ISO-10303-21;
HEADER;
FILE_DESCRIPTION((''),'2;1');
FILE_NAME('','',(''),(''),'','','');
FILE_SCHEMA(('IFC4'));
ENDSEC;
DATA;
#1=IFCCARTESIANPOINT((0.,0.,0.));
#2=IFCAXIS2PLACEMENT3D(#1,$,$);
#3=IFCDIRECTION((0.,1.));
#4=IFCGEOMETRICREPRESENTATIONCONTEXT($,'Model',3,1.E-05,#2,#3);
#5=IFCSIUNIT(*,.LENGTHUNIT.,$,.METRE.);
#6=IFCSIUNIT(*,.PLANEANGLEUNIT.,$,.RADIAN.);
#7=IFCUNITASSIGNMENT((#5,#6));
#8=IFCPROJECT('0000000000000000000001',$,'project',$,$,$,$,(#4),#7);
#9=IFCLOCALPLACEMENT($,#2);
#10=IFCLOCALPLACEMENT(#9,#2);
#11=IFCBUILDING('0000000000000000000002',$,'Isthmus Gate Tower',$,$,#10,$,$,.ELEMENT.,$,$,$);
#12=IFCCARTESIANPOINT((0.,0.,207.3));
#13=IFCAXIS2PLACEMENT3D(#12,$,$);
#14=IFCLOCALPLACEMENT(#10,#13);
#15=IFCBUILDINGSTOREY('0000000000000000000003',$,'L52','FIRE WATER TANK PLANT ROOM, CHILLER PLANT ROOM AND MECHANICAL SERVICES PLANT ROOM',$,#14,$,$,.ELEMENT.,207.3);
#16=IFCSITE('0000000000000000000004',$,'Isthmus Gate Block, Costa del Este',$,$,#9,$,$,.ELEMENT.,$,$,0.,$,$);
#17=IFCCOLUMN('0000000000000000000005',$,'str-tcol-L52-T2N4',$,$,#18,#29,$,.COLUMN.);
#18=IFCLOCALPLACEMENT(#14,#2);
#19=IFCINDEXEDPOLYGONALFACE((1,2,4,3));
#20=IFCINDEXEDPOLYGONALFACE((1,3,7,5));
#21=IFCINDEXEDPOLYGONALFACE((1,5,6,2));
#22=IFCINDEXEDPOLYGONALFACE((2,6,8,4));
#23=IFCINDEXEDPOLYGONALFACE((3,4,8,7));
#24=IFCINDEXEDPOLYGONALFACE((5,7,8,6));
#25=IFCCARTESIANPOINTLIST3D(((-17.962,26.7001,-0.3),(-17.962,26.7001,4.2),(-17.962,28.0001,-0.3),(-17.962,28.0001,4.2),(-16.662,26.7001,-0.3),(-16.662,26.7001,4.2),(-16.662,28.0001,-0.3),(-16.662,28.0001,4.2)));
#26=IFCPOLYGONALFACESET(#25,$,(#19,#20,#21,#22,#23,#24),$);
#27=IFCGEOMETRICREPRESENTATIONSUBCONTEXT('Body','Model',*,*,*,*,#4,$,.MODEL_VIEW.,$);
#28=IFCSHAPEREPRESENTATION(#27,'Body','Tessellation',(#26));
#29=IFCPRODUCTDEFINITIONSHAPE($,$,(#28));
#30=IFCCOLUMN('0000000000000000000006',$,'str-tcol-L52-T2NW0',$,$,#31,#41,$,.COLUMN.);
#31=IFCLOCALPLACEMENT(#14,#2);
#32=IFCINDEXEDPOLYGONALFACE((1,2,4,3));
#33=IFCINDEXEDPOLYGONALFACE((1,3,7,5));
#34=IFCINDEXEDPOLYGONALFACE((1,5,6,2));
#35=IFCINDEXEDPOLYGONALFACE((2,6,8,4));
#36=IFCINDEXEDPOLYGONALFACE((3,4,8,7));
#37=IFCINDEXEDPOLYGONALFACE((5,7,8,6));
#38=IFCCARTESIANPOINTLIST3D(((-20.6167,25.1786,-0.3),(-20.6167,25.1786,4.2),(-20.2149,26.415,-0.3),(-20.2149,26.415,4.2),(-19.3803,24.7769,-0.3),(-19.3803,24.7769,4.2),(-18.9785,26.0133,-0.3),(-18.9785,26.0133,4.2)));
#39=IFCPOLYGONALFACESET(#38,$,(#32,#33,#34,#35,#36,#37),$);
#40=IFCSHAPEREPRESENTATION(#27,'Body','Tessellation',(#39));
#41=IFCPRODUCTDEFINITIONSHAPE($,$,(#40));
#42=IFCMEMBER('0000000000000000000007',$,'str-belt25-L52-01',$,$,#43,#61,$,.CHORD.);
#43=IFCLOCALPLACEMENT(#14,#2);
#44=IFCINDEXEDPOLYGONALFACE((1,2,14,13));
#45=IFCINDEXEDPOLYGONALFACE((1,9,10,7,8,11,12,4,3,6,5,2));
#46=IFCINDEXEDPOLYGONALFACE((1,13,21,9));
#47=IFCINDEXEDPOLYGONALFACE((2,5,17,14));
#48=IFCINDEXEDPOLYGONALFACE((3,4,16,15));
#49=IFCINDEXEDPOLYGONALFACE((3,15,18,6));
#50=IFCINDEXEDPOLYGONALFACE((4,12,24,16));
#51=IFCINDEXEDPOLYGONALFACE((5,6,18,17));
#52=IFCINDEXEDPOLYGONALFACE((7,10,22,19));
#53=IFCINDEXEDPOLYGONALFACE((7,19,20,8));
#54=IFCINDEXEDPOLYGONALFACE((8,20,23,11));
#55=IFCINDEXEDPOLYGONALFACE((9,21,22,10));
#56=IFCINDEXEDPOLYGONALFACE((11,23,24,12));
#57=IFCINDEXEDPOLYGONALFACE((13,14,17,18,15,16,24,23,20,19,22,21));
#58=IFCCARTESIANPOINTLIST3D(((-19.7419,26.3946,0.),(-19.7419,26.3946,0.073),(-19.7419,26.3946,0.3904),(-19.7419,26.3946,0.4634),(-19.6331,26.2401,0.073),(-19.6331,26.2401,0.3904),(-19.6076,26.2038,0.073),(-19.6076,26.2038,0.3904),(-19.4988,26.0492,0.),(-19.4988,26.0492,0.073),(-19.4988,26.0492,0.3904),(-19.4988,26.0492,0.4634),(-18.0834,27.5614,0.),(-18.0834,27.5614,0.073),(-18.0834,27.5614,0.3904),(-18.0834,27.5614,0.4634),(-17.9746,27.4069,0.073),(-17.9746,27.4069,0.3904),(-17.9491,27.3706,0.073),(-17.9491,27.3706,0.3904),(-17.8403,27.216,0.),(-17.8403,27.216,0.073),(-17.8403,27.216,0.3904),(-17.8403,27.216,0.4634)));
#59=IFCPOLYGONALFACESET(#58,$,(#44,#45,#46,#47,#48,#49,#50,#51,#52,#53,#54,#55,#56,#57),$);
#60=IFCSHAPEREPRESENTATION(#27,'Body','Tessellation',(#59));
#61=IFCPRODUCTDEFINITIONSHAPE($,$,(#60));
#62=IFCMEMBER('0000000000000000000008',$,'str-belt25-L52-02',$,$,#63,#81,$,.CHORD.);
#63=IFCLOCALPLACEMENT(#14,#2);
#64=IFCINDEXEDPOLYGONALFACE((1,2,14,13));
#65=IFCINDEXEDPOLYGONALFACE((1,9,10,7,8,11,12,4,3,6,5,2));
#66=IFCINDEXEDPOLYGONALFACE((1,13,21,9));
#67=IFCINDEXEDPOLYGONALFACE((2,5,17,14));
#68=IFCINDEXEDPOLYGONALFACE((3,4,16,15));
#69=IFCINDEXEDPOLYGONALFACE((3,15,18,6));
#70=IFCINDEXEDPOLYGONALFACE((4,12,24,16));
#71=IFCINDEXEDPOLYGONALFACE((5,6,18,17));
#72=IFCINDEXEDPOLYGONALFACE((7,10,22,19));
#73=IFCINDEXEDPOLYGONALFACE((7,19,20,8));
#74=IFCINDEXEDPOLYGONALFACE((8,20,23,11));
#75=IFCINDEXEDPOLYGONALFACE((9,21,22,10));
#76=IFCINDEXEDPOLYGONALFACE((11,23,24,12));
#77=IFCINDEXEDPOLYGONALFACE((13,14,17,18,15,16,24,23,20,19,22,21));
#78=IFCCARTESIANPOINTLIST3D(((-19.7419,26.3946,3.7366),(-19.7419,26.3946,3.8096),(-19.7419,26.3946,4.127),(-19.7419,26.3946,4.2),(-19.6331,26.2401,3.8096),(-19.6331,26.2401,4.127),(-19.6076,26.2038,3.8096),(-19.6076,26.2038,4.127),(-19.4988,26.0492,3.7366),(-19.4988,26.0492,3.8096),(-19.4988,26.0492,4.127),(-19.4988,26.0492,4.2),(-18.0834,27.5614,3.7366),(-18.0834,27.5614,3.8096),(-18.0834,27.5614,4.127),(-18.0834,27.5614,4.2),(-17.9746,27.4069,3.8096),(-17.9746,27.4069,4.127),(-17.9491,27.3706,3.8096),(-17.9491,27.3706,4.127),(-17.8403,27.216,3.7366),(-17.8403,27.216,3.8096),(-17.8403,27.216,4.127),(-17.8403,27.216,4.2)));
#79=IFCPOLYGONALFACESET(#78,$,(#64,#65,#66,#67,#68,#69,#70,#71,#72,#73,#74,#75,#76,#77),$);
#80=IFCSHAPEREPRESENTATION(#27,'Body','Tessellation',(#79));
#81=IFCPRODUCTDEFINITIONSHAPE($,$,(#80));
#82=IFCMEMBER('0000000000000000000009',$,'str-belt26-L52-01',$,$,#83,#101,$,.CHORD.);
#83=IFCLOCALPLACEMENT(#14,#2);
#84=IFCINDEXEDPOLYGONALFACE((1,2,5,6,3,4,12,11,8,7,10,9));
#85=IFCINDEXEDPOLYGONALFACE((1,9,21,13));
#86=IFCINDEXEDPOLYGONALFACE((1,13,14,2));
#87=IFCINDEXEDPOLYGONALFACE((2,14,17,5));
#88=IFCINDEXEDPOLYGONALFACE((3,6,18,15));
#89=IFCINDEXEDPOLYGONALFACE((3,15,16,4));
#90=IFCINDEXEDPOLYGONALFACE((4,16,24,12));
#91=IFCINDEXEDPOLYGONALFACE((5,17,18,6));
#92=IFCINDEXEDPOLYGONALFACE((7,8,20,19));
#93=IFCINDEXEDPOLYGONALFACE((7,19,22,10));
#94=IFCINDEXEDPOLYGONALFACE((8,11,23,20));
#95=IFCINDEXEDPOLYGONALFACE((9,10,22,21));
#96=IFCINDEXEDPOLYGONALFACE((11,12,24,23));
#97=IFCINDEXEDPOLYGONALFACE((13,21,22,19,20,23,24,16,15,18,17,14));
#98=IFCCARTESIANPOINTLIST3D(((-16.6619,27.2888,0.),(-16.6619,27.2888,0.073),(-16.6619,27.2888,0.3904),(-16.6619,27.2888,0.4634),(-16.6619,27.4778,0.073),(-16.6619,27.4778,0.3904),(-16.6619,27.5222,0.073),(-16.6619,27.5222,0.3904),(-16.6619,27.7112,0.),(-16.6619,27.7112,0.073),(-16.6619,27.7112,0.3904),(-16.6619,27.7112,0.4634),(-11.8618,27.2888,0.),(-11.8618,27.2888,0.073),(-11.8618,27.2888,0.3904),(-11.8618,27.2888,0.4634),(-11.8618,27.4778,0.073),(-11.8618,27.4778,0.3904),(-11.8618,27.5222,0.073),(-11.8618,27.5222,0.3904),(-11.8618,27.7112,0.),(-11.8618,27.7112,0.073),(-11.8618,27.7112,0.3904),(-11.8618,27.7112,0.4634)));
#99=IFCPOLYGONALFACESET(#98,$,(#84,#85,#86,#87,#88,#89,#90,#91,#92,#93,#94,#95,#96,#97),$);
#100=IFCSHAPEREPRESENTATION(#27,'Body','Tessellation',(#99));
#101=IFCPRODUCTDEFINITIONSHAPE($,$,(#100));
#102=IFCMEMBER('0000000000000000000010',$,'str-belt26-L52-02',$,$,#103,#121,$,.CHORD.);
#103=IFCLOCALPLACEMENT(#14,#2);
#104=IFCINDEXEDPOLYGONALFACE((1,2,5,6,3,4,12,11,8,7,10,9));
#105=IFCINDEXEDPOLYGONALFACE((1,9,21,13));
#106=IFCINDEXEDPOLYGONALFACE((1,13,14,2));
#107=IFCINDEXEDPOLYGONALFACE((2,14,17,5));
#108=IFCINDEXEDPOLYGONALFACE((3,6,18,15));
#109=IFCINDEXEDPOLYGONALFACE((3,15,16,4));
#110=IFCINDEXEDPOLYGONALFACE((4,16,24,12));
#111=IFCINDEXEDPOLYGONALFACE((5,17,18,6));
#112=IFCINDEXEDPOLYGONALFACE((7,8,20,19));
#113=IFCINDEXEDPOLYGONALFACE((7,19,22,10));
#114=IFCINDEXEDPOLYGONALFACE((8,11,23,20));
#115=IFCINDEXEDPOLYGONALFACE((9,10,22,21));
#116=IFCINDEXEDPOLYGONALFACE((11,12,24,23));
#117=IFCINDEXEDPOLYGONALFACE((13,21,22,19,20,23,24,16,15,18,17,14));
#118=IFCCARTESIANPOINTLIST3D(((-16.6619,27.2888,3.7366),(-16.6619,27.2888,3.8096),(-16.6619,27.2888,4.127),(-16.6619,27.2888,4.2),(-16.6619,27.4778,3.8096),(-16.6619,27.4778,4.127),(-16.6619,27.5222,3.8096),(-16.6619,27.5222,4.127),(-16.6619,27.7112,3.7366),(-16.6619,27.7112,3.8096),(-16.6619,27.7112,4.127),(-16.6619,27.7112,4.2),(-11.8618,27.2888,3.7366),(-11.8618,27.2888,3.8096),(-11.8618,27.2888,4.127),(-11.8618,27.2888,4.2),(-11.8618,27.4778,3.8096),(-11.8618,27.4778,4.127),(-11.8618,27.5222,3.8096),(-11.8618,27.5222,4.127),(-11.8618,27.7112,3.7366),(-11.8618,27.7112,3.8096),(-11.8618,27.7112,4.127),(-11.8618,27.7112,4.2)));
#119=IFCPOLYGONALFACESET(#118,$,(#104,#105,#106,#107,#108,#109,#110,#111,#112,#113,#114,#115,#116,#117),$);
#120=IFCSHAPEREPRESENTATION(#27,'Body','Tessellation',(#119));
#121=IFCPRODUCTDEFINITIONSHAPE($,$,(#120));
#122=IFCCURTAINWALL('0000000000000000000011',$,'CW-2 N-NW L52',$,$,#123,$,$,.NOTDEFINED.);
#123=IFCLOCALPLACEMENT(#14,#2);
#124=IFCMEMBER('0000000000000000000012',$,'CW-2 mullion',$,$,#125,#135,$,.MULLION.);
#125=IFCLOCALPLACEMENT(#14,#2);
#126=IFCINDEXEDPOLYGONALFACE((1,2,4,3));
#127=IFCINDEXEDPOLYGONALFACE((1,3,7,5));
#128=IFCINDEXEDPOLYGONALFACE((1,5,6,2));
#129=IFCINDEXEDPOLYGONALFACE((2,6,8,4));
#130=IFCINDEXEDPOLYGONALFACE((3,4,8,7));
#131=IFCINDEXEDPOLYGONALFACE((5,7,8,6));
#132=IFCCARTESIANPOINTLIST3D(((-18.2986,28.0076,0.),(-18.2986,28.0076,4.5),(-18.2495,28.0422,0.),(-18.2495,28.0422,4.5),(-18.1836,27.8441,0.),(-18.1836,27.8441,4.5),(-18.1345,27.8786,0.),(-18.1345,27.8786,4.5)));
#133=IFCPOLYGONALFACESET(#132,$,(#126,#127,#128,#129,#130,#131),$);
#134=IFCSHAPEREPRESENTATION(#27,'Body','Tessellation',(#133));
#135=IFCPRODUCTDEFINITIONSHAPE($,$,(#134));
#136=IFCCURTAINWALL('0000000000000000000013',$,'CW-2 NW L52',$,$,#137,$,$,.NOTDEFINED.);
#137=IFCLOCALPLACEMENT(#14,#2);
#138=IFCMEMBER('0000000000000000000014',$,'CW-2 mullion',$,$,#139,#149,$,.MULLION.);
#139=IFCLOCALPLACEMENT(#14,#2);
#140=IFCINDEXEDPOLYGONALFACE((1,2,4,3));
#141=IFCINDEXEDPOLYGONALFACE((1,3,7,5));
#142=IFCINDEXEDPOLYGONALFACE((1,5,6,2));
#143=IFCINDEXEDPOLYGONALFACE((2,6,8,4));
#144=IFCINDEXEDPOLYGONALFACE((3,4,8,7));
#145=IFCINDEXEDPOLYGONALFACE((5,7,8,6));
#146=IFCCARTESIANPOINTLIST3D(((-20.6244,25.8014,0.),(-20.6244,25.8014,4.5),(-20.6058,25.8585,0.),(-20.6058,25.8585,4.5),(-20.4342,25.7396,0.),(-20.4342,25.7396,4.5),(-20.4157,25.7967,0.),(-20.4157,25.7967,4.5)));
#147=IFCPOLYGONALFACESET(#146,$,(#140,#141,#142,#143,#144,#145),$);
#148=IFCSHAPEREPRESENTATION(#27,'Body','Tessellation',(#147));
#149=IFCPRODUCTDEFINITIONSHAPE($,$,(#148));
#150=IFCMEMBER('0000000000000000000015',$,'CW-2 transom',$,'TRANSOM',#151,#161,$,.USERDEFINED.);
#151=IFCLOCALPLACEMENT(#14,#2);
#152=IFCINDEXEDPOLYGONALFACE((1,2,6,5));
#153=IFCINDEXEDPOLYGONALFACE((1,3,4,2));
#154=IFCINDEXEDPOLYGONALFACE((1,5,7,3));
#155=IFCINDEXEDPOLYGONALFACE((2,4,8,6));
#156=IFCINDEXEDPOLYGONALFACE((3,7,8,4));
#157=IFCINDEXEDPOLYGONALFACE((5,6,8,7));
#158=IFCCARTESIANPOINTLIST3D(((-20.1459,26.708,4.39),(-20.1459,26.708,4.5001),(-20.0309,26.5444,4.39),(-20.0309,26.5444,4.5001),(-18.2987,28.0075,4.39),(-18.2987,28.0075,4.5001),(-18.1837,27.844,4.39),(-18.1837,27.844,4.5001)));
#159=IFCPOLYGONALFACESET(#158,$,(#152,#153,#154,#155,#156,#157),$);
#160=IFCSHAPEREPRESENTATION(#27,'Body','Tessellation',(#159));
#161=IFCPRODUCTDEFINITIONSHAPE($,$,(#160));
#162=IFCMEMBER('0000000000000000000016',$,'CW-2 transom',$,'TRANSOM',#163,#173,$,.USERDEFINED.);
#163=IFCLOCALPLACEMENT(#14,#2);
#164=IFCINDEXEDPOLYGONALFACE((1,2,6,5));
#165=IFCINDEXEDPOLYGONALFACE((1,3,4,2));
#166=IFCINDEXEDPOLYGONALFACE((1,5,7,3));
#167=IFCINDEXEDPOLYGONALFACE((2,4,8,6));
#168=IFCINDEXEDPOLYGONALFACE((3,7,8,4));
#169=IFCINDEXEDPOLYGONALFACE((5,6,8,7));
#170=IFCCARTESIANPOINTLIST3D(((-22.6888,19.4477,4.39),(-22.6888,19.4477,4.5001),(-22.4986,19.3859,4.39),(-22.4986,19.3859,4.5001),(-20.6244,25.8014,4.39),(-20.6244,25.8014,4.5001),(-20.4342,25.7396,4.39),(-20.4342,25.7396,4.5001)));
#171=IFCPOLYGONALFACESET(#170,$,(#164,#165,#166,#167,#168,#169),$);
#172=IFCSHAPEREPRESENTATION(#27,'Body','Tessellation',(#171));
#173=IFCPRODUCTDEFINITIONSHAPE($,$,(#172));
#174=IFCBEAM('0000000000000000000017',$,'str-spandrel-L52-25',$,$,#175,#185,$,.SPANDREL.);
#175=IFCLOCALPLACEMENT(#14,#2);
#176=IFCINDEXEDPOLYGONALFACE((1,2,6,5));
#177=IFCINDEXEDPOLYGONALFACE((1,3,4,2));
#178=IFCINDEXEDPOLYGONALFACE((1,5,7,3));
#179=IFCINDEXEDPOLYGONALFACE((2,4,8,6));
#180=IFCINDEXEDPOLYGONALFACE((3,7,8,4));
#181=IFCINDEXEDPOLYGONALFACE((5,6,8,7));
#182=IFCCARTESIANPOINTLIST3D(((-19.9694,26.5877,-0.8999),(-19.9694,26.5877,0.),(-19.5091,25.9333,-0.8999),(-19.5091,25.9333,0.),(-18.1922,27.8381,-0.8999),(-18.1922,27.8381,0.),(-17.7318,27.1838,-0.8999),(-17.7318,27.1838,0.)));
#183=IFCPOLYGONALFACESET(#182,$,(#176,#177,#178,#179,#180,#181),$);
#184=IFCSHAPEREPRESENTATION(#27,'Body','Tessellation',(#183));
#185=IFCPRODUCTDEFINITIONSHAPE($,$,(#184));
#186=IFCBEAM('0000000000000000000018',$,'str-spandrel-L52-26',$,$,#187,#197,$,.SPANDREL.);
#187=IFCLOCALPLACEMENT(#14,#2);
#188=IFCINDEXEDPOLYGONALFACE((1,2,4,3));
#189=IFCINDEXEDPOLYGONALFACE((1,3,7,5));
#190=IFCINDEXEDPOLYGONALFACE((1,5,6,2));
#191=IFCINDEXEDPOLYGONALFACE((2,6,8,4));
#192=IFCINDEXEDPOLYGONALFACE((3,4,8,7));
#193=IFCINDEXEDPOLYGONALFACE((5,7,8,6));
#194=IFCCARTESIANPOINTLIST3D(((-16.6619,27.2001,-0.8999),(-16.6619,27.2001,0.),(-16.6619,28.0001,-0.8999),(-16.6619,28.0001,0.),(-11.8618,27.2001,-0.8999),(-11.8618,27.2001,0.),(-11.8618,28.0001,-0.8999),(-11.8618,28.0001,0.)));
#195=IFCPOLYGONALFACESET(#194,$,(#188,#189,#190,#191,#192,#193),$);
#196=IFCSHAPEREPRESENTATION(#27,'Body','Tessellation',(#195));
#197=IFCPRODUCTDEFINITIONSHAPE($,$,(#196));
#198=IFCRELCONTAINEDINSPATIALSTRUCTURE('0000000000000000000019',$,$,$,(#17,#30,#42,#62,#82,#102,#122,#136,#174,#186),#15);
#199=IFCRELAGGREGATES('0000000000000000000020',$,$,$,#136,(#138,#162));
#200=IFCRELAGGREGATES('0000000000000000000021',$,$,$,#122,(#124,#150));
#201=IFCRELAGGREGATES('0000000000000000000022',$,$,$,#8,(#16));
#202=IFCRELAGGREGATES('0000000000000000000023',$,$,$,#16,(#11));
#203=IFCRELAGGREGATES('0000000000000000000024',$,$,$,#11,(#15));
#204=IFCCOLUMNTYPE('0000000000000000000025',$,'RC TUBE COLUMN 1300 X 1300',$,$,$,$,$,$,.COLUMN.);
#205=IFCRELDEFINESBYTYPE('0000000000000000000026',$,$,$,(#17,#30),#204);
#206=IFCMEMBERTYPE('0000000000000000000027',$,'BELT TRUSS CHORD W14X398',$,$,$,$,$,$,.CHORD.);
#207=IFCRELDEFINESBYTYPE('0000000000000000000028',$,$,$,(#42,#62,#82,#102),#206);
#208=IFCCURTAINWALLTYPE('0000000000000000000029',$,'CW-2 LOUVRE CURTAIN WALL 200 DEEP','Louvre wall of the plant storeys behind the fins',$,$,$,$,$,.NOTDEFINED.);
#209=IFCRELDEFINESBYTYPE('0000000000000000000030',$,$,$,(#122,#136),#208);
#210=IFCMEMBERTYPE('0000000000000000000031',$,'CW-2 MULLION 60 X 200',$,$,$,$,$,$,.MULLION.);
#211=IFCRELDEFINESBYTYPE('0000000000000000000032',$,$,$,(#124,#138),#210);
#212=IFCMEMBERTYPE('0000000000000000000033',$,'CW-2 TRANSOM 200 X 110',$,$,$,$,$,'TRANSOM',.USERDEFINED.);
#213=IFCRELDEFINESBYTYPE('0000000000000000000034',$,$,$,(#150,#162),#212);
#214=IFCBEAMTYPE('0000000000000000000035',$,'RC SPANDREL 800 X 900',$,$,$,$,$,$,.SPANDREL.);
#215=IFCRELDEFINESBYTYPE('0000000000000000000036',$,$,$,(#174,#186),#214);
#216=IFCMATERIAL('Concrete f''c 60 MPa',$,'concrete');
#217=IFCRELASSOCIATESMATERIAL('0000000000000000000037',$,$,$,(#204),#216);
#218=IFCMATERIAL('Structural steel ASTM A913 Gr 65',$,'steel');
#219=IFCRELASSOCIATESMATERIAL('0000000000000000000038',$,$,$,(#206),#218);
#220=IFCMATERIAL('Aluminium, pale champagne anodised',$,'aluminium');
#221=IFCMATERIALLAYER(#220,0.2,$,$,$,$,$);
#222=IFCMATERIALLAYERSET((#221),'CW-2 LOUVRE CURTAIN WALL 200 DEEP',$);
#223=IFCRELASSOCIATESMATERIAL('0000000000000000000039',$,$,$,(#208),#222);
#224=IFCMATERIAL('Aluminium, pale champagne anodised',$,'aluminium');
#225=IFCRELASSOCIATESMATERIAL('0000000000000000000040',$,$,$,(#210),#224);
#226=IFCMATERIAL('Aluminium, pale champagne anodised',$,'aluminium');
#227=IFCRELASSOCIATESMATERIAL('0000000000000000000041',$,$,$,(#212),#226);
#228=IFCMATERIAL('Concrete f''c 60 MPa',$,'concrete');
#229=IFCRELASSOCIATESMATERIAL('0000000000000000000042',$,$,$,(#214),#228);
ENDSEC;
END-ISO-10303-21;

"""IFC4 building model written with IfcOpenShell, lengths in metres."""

from ifc_helpers import new_model, si_unit, direction, frame, origin, origin_2d, place, context, subcontext, project, spatial, rectangle, i_section, extrude, material, layer, layer_set, material_profile, profile_set, type_object, element, aggregate, save


model = new_model("IFC4")

# Units and contexts
model_context = context("Model", 3, precision=1e-05, world=origin(), true_north=direction((0.0, 1.0)))
body_context = subcontext(model_context, "Body", "Model", "MODEL_VIEW")
ifc_project = project(units=[si_unit("LENGTHUNIT", "METRE"), si_unit("PLANEANGLEUNIT", "RADIAN")], contexts=[model_context])

# Site, building, storey
site_placement = place(None, origin())
site = spatial("IfcSite", under=ifc_project, at=site_placement, Name="Isthmus Gate Block, Costa del Este", CompositionType="ELEMENT", RefElevation=0.0)
building_placement = place(site_placement, origin())
building = spatial("IfcBuilding", under=site, at=building_placement, Name="Isthmus Gate Tower", CompositionType="ELEMENT")
storey_placement = place(building_placement, frame((0.0, 0.0, 207.3)))
storey = spatial("IfcBuildingStorey", under=building, at=storey_placement, Name="L52", Description="FIRE WATER TANK PLANT ROOM, CHILLER PLANT ROOM AND MECHANICAL SERVICES PLANT ROOM", CompositionType="ELEMENT", Elevation=207.3)

# Columns
ifc_material_1 = material(Name="Concrete f'c 60 MPa", Category="concrete")
ifc_material_profile_1 = material_profile(ifc_material_1, rectangle(XDim=1.3, YDim=1.3, at=origin_2d()), Name="RC 1300X1300")
ifc_profile_set_1 = profile_set([ifc_material_profile_1], Name="Concrete f'c 60 MPa")
column_type = type_object("IfcColumnType", Name="RC TUBE COLUMN 1300 X 1300", PredefinedType="COLUMN", material=ifc_profile_set_1)
for number, where, z_axis, x_axis, name in (
    (1, (-17.312, 27.3501, -0.3), (0.0, 0.0, 1.0), (-1.0, 0.0, 0.0), "str-tcol-L52-T2N4"),
    (2, (-19.7976, 25.5959, -0.3), (0.0, 0.0, 1.0), (-0.309017, -0.951057, 0.0), "str-tcol-L52-T2NW0"),
):
    element("IfcColumn", number, at=place(storey_placement, frame(where, z_axis=z_axis, x_axis=x_axis)), inside=storey, type_object=column_type, Name=name, PredefinedType="COLUMN", context=body_context, shape_type="SweptSolid", body=[
        extrude(rectangle(XDim=1.3, YDim=1.3, at=origin_2d()), origin(), (0.0, 0.0, 1.0), 4.5),
    ])

# Members
ifc_material_2 = material(Name="Structural steel ASTM A913 Gr 65", Category="steel")
ifc_material_profile_2 = material_profile(ifc_material_2, i_section(OverallWidth=0.4224, OverallDepth=0.4634, WebThickness=0.0444, FlangeThickness=0.073, at=origin_2d()), Name="W14X398")
ifc_profile_set_2 = profile_set([ifc_material_profile_2], Name="Structural steel ASTM A913 Gr 65")
member_type_1 = type_object("IfcMemberType", Name="BELT TRUSS CHORD W14X398", PredefinedType="CHORD", material=ifc_profile_set_2)
for number, where, z_axis, x_axis, name in (
    (3, (-19.6204, 26.2219, 0.2317), (0.817878, 0.575392, 0.0), (-0.575392, 0.817878, 0.0), "str-belt25-L52-01"),
    (4, (-19.6204, 26.2219, 3.9683), (0.817878, 0.575392, 0.0), (-0.575392, 0.817878, 0.0), "str-belt25-L52-02"),
):
    element("IfcMember", number, at=place(storey_placement, frame(where, z_axis=z_axis, x_axis=x_axis)), inside=storey, type_object=member_type_1, Name=name, PredefinedType="CHORD", context=body_context, shape_type="SweptSolid", body=[
        extrude(i_section(OverallWidth=0.4224, OverallDepth=0.4634, WebThickness=0.0444, FlangeThickness=0.073, at=origin_2d()), origin(), (0.0, 0.0, 1.0), 2.0278),
    ])
for number, where, z_axis, x_axis, name in (
    (5, (-16.6619, 27.5, 0.2317), (1.0, 0.0, 0.0), (0.0, 1.0, 0.0), "str-belt26-L52-01"),
    (6, (-16.6619, 27.5, 3.9683), (1.0, 0.0, 0.0), (0.0, 1.0, 0.0), "str-belt26-L52-02"),
):
    element("IfcMember", number, at=place(storey_placement, frame(where, z_axis=z_axis, x_axis=x_axis)), inside=storey, type_object=member_type_1, Name=name, PredefinedType="CHORD", context=body_context, shape_type="SweptSolid", body=[
        extrude(i_section(OverallWidth=0.4224, OverallDepth=0.4634, WebThickness=0.0444, FlangeThickness=0.073, at=origin_2d()), origin(), (0.0, 0.0, 1.0), 4.8),
    ])

# Curtain walls, members
ifc_material_3 = material(Name="Aluminium, pale champagne anodised", Category="aluminium")
ifc_layer_1 = layer(ifc_material_3, 0.2)
ifc_layer_set_1 = layer_set([ifc_layer_1], Name="CW-2 LOUVRE CURTAIN WALL 200 DEEP")
curtain_wall_type = type_object("IfcCurtainWallType", Name="CW-2 LOUVRE CURTAIN WALL 200 DEEP", Description="Louvre wall of the plant storeys behind the fins", PredefinedType="NOTDEFINED", material=ifc_layer_set_1)
curtain_wall_1_placement = place(storey_placement, origin())
curtain_wall_1 = element("IfcCurtainWall", 7, at=curtain_wall_1_placement, inside=storey, type_object=curtain_wall_type, Name="CW-2 N-NW L52", PredefinedType="NOTDEFINED")
ifc_material_4 = material(Name="Aluminium, pale champagne anodised", Category="aluminium")
ifc_material_profile_3 = material_profile(ifc_material_4, rectangle(XDim=0.0601, YDim=0.2, at=origin_2d()), Name="60x200")
ifc_profile_set_3 = profile_set([ifc_material_profile_3], Name="Aluminium, pale champagne anodised")
member_type_2 = type_object("IfcMemberType", Name="CW-2 MULLION 60 X 200", PredefinedType="MULLION", material=ifc_profile_set_3)
member_1_placement = place(storey_placement, frame((-18.2166, 27.9431, 0.0), z_axis=(0.0, 0.0, 1.0), x_axis=(-0.81786, -0.575418, 0.0)))
member_1 = element("IfcMember", 8, at=member_1_placement, type_object=member_type_2, Name="CW-2 mullion", PredefinedType="MULLION", context=body_context, shape_type="SweptSolid", body=[
    extrude(rectangle(XDim=0.0601, YDim=0.2, at=origin_2d()), origin(), (0.0, 0.0, 1.0), 4.5),
])
curtain_wall_2_placement = place(storey_placement, origin())
curtain_wall_2 = element("IfcCurtainWall", 9, at=curtain_wall_2_placement, inside=storey, type_object=curtain_wall_type, Name="CW-2 NW L52", PredefinedType="NOTDEFINED")
member_2_placement = place(storey_placement, frame((-20.52, 25.7991, 0.0), z_axis=(0.0, 0.0, 1.0), x_axis=(-0.309017, -0.951057, 0.0)))
member_2 = element("IfcMember", 10, at=member_2_placement, type_object=member_type_2, Name="CW-2 mullion", PredefinedType="MULLION", context=body_context, shape_type="SweptSolid", body=[
    extrude(rectangle(XDim=0.0601, YDim=0.2, at=origin_2d()), origin(), (0.0, 0.0, 1.0), 4.5),
])

# Members
ifc_material_5 = material(Name="Aluminium, pale champagne anodised", Category="aluminium")
ifc_material_profile_4 = material_profile(ifc_material_5, rectangle(XDim=0.2, YDim=0.1101, at=origin_2d()), Name="200x110")
ifc_profile_set_4 = profile_set([ifc_material_profile_4], Name="Aluminium, pale champagne anodised")
member_type_3 = type_object("IfcMemberType", Name="CW-2 TRANSOM 200 X 110", ElementType="TRANSOM", PredefinedType="USERDEFINED", material=ifc_profile_set_4)
member_3_placement = place(storey_placement, frame((-18.2412, 27.9258, 4.4451), z_axis=(-0.817869, -0.575405, 0.0), x_axis=(0.575405, -0.817869, 0.0)))
member_3 = element("IfcMember", 11, at=member_3_placement, type_object=member_type_3, Name="CW-2 transom", ObjectType="TRANSOM", PredefinedType="USERDEFINED", context=body_context, shape_type="SweptSolid", body=[
    extrude(rectangle(XDim=0.2, YDim=0.1101, at=origin_2d()), origin(), (0.0, 0.0, 1.0), 2.2585),
])
member_4_placement = place(storey_placement, frame((-20.5293, 25.7705, 4.4451), z_axis=(-0.309016, -0.951057, 0.0), x_axis=(0.951057, -0.309016, 0.0)))
member_4 = element("IfcMember", 12, at=member_4_placement, type_object=member_type_3, Name="CW-2 transom", ObjectType="TRANSOM", PredefinedType="USERDEFINED", context=body_context, shape_type="SweptSolid", body=[
    extrude(rectangle(XDim=0.2, YDim=0.1101, at=origin_2d()), origin(), (0.0, 0.0, 1.0), 6.6807),
])
aggregate(curtain_wall_2, [member_2, member_4])

# Beams
ifc_material_6 = material(Name="Concrete f'c 60 MPa", Category="concrete")
ifc_material_profile_5 = material_profile(ifc_material_6, rectangle(XDim=0.8, YDim=0.8999, at=origin_2d()), Name="RC 800X900")
ifc_profile_set_5 = profile_set([ifc_material_profile_5], Name="Concrete f'c 60 MPa")
beam_type = type_object("IfcBeamType", Name="RC SPANDREL 800 X 900", PredefinedType="SPANDREL", material=ifc_profile_set_5)
beam_1_placement = place(storey_placement, frame((-19.7393, 26.2605, -0.45), z_axis=(0.817857, 0.575421, 0.0), x_axis=(-0.575421, 0.817857, 0.0)))
element("IfcBeam", 13, at=beam_1_placement, inside=storey, type_object=beam_type, Name="str-spandrel-L52-25", PredefinedType="SPANDREL", context=body_context, shape_type="SweptSolid", body=[
    extrude(rectangle(XDim=0.8, YDim=0.8999, at=origin_2d()), origin(), (0.0, 0.0, 1.0), 2.1731),
])
beam_2_placement = place(storey_placement, frame((-16.6619, 27.6001, -0.45), z_axis=(1.0, 0.0, 0.0), x_axis=(0.0, 1.0, 0.0)))
element("IfcBeam", 14, at=beam_2_placement, inside=storey, type_object=beam_type, Name="str-spandrel-L52-26", PredefinedType="SPANDREL", context=body_context, shape_type="SweptSolid", body=[
    extrude(rectangle(XDim=0.8, YDim=0.8999, at=origin_2d()), origin(), (0.0, 0.0, 1.0), 4.8),
])

aggregate(curtain_wall_1, [member_1, member_3])

save(model, "model.ifc")
